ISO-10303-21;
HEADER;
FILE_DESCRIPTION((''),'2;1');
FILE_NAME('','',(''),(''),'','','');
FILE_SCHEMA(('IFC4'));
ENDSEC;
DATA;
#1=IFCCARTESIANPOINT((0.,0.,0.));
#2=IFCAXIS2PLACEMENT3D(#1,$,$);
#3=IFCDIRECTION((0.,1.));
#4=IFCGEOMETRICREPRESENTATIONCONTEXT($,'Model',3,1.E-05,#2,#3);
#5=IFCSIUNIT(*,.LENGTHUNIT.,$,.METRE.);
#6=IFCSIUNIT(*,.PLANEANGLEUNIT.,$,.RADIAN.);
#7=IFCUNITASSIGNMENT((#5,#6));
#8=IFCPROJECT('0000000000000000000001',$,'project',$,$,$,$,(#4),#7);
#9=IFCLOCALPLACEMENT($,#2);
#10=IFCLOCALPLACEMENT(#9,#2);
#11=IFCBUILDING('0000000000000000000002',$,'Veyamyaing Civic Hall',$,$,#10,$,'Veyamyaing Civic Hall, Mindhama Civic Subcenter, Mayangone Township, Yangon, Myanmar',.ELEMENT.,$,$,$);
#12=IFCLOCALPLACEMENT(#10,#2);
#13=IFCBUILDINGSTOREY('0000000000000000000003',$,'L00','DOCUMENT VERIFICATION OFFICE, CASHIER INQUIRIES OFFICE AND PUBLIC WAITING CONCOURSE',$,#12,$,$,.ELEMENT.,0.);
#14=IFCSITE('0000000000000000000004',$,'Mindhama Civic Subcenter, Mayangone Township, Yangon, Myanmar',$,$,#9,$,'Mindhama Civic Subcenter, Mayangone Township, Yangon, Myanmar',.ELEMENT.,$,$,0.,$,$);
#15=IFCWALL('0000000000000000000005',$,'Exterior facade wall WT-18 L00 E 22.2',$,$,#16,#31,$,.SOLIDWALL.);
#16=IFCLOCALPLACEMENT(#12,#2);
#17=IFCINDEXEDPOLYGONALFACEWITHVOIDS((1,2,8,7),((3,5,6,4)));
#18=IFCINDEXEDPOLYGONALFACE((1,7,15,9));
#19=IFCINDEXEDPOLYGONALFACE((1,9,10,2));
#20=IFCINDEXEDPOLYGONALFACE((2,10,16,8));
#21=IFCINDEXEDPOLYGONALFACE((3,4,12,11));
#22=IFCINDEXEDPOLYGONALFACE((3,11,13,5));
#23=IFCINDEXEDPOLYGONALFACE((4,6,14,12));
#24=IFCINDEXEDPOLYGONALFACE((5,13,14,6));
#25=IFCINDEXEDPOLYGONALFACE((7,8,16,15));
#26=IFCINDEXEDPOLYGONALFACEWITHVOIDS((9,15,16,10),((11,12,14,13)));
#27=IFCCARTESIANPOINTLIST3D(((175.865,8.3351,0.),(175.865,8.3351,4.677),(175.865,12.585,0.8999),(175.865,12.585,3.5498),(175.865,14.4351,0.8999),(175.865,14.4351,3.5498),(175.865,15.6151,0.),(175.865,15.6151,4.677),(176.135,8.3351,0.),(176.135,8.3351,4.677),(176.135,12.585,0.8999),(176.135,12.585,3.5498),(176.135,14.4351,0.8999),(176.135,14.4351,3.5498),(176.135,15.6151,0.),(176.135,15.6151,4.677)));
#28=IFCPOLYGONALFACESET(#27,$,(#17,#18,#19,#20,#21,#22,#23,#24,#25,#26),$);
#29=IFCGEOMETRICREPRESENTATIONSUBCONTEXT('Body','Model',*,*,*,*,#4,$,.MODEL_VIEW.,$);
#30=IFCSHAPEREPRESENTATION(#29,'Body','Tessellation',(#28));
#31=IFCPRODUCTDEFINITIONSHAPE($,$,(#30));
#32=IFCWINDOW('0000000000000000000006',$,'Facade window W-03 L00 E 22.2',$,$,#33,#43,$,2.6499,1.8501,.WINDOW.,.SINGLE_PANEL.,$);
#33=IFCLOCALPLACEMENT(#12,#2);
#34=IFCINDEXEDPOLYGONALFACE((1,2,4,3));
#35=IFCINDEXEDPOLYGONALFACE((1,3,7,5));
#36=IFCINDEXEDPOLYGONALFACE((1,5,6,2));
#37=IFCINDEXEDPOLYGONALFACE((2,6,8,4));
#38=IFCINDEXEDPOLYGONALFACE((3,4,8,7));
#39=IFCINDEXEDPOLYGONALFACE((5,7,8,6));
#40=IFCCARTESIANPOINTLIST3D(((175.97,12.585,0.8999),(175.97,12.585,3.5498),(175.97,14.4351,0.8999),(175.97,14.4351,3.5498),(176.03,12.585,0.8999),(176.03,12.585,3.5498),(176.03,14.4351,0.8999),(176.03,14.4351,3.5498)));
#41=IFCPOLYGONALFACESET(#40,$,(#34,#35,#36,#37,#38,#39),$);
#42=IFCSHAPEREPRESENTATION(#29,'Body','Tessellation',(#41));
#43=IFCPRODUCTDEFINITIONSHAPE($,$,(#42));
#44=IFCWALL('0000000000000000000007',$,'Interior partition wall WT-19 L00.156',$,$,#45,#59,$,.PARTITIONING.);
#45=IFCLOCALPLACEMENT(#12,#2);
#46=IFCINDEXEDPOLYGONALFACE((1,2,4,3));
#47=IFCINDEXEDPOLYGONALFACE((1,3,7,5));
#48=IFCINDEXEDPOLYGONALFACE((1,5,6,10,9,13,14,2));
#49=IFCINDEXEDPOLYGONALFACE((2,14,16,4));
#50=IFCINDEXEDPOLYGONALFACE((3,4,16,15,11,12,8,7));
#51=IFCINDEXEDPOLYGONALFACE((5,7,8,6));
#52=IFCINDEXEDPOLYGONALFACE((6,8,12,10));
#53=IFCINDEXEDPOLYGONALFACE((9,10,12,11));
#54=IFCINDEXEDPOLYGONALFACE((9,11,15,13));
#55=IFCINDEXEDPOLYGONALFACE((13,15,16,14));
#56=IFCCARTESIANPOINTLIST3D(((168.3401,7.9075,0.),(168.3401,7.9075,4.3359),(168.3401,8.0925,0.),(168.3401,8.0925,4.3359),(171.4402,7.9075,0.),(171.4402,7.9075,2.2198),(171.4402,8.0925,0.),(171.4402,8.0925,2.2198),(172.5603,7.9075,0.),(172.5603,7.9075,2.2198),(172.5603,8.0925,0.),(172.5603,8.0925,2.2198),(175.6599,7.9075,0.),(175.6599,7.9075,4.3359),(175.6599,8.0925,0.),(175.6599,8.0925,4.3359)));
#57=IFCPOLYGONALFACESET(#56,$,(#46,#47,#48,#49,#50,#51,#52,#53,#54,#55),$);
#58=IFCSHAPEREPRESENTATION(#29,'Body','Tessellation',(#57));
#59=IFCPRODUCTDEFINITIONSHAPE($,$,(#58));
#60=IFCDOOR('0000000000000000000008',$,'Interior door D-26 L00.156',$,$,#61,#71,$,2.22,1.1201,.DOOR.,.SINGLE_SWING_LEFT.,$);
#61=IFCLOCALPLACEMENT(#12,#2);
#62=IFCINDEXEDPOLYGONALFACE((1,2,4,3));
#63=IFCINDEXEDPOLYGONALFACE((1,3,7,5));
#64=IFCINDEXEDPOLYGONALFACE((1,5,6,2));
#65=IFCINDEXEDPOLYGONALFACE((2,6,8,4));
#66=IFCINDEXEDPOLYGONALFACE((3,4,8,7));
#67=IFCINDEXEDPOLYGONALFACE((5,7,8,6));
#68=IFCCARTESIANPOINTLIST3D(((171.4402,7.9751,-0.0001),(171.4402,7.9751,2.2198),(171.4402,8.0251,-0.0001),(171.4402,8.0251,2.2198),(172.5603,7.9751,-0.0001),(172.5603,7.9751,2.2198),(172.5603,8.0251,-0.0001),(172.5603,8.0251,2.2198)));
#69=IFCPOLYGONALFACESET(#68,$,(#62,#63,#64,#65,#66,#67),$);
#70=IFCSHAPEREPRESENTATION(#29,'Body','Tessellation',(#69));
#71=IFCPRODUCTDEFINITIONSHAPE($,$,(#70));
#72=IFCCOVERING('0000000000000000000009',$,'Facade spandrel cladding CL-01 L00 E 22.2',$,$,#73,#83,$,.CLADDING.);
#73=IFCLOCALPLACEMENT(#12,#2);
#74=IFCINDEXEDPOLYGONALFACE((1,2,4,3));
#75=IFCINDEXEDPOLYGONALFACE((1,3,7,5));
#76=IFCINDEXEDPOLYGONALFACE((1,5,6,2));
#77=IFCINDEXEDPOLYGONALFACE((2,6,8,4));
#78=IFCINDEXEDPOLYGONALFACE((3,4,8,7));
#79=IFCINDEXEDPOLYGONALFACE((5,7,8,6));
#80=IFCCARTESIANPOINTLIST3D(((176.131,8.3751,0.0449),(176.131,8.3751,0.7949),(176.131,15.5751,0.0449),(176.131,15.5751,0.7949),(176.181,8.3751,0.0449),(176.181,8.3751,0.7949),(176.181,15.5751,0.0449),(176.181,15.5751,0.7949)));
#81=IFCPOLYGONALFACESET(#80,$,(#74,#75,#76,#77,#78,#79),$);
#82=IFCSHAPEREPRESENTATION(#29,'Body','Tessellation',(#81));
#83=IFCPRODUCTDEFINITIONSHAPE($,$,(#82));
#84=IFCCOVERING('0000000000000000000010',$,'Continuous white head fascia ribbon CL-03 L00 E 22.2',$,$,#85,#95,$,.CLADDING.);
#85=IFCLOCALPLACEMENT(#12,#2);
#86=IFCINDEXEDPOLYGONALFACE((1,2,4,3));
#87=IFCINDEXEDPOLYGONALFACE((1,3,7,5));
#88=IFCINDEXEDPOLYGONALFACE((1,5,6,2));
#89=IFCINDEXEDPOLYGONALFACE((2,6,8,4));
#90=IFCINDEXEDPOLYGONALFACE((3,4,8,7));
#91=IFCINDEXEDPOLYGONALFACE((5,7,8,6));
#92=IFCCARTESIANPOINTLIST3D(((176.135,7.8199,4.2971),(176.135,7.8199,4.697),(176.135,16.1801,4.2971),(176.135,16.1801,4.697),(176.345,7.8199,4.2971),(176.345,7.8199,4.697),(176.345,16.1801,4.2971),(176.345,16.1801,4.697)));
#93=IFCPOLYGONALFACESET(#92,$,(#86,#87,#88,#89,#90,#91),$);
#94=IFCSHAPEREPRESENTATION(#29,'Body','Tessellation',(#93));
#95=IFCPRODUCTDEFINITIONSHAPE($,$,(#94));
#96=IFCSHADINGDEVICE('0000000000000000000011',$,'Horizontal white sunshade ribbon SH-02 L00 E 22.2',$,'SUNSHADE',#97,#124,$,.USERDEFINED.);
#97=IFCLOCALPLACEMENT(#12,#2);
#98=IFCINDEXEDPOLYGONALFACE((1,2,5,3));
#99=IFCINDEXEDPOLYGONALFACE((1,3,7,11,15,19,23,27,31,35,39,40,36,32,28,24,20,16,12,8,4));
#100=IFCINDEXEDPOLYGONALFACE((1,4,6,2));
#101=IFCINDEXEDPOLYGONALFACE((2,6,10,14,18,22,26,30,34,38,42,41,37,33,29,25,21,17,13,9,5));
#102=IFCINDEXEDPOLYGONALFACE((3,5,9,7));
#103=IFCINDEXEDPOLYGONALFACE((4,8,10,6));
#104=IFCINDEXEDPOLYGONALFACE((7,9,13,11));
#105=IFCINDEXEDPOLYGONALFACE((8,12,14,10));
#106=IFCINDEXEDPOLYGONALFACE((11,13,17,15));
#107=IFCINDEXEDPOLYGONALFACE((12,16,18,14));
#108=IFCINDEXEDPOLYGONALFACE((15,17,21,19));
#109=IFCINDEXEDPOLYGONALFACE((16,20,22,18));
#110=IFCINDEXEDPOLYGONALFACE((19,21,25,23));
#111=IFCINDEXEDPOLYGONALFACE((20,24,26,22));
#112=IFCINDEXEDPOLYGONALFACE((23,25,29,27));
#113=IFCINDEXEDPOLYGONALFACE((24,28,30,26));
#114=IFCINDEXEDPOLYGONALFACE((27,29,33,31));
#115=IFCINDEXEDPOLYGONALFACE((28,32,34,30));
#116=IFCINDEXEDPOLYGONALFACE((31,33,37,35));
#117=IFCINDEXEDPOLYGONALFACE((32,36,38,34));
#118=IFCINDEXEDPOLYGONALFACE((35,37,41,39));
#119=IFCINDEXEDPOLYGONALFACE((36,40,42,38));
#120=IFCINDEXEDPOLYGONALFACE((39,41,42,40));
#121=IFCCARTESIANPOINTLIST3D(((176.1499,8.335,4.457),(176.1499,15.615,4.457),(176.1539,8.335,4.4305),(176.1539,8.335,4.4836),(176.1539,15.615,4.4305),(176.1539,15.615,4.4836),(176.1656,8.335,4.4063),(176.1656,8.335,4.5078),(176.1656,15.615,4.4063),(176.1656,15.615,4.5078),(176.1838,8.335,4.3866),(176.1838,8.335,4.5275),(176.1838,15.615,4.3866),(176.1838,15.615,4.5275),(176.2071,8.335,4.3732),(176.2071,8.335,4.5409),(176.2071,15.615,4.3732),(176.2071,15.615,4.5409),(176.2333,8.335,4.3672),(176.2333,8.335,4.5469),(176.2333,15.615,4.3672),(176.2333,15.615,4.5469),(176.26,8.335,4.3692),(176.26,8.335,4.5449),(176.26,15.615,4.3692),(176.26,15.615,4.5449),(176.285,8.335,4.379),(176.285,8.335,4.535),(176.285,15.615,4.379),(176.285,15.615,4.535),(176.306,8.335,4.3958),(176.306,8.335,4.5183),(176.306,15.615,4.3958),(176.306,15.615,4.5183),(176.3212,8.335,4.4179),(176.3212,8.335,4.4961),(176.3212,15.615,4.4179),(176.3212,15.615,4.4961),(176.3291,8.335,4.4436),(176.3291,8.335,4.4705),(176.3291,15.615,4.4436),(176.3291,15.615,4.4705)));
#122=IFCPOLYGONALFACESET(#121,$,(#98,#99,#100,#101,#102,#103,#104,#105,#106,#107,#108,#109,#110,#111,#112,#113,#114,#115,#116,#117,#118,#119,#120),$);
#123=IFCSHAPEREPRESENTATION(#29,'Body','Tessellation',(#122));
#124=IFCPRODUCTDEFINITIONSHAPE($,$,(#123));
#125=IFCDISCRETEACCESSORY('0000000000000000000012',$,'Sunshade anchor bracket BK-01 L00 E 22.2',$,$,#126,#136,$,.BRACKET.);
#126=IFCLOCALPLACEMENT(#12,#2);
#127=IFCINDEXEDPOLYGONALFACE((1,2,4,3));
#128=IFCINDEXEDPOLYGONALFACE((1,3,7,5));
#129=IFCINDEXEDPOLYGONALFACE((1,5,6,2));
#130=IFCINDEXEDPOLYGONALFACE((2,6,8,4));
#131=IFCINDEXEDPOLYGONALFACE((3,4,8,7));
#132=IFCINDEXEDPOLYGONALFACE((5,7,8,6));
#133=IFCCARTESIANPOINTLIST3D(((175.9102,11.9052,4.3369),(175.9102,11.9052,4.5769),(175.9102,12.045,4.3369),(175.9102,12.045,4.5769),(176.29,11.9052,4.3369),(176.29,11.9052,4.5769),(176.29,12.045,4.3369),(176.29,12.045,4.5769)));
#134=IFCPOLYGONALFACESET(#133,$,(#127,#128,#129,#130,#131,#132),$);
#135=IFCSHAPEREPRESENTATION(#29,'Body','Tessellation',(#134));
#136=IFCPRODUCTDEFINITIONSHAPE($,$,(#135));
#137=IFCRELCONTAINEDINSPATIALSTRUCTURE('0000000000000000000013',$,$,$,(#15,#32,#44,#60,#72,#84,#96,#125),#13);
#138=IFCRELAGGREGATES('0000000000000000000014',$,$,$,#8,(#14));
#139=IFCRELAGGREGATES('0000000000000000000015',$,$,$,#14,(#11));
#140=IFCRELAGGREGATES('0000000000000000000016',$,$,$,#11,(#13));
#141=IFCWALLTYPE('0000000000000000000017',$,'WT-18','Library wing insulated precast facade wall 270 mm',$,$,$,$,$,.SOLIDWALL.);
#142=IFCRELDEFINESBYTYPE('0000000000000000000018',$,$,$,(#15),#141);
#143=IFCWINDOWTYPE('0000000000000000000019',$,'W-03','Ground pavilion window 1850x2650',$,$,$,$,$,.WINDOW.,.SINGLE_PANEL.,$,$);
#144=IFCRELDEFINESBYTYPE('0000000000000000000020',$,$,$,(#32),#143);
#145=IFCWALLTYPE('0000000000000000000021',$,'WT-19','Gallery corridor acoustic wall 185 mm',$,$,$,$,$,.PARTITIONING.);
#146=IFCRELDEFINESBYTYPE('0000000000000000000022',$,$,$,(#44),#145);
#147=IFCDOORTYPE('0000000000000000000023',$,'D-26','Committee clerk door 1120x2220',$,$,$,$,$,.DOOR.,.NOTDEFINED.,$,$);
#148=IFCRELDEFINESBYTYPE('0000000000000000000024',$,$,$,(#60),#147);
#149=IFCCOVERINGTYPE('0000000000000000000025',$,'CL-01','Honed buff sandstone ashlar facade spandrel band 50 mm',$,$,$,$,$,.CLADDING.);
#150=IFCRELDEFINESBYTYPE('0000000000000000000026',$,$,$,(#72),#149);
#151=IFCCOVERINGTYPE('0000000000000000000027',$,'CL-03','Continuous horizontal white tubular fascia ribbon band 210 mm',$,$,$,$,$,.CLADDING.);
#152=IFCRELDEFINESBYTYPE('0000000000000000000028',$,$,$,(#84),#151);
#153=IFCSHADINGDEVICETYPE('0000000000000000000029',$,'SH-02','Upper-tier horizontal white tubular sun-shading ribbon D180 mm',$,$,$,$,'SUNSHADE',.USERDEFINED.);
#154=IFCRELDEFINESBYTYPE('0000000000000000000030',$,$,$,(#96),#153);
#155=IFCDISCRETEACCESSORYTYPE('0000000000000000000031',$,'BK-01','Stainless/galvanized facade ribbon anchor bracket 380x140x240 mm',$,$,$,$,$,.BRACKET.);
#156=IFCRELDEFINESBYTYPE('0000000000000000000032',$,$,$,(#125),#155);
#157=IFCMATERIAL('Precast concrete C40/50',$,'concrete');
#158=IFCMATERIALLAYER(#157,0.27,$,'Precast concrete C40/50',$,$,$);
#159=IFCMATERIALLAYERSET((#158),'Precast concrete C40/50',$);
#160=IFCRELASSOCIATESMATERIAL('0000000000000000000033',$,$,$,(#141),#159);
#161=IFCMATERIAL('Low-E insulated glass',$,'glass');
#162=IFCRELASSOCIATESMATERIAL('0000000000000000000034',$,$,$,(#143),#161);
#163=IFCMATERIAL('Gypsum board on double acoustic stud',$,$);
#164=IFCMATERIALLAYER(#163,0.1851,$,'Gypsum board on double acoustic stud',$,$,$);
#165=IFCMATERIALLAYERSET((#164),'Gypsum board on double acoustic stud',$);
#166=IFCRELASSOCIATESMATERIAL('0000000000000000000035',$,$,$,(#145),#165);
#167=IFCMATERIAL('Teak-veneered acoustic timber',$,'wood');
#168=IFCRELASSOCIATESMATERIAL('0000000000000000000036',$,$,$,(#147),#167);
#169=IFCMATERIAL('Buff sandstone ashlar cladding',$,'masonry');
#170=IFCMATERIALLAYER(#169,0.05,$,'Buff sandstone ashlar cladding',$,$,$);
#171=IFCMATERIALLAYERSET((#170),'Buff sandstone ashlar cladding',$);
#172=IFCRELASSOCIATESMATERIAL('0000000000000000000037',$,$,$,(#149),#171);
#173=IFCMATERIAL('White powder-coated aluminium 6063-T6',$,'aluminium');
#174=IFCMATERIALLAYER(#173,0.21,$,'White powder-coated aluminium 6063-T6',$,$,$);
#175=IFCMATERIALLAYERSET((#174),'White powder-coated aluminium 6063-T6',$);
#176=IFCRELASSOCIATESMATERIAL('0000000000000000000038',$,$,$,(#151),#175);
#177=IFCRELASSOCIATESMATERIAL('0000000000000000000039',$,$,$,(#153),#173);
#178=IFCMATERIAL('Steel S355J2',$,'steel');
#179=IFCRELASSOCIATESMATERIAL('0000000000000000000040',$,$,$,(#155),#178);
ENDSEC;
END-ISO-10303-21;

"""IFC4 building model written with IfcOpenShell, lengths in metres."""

from ifc_helpers import new_model, si_unit, direction, frame, frame_2d, origin, origin_2d, place, context, subcontext, project, spatial, rectangle, circle, extrude, material, layer, layer_set, material_profile, profile_set, type_object, element, fill, save


model = new_model("IFC4")

# Units and contexts
model_context = context("Model", 3, precision=1e-05, world=origin(), true_north=direction((0.0, 1.0)))
body_context = subcontext(model_context, "Body", "Model", "MODEL_VIEW")
ifc_project = project(units=[si_unit("LENGTHUNIT", "METRE"), si_unit("PLANEANGLEUNIT", "RADIAN")], contexts=[model_context])

# Site, building, storey
site_placement = place(None, origin())
site = spatial("IfcSite", under=ifc_project, at=site_placement, Name="Mindhama Civic Subcenter, Mayangone Township, Yangon, Myanmar", LongName="Mindhama Civic Subcenter, Mayangone Township, Yangon, Myanmar", CompositionType="ELEMENT", RefElevation=0.0)
building_placement = place(site_placement, origin())
building = spatial("IfcBuilding", under=site, at=building_placement, Name="Veyamyaing Civic Hall", LongName="Veyamyaing Civic Hall, Mindhama Civic Subcenter, Mayangone Township, Yangon, Myanmar", CompositionType="ELEMENT")
storey_placement = place(building_placement, origin())
storey = spatial("IfcBuildingStorey", under=building, at=storey_placement, Name="L00", Description="DOCUMENT VERIFICATION OFFICE, CASHIER INQUIRIES OFFICE AND PUBLIC WAITING CONCOURSE", CompositionType="ELEMENT", Elevation=0.0)

# Shared definitions
ifc_material_1 = material(Name="Precast concrete C40/50", Category="concrete")

# Wall, opening, window
ifc_layer_1 = layer(ifc_material_1, 0.27, Name="Precast concrete C40/50")
ifc_layer_set_1 = layer_set([ifc_layer_1], Name="Precast concrete C40/50")
wall_type_1 = type_object("IfcWallType", Name="WT-18", Description="Library wing insulated precast facade wall 270 mm", PredefinedType="SOLIDWALL", material=ifc_layer_set_1)
wall_1_placement = place(storey_placement, frame((176.0, 8.335, 0.0), z_axis=(0.0, 0.0, 1.0), x_axis=(0.0, 1.0, 0.0)))
wall_1 = element("IfcWall", 1, at=wall_1_placement, inside=storey, type_object=wall_type_1, Name="Exterior facade wall WT-18 L00 E 22.2", PredefinedType="SOLIDWALL", context=body_context, shape_type="SweptSolid", body=[
    extrude(rectangle(XDim=7.28, YDim=0.27, at=frame_2d((3.6401, 0.0))), origin(), (0.0, 0.0, 1.0), 4.677),
])
opening_1_placement = place(wall_1_placement, frame((4.25, 0.0, 0.8999)))
opening_1 = element("IfcOpeningElement", 2, at=opening_1_placement, cuts=wall_1, PredefinedType="OPENING", context=body_context, shape_type="SweptSolid", body=[
    extrude(rectangle(XDim=1.8501, YDim=2.6499, at=frame_2d((0.925, 1.325))), frame((0.0, 0.145, 0.0), z_axis=(0.0, -1.0, 0.0), x_axis=(1.0, 0.0, 0.0)), (0.0, 0.0, 1.0), 0.29),
])
ifc_material_2 = material(Name="Low-E insulated glass", Category="glass")
window_type = type_object("IfcWindowType", Name="W-03", Description="Ground pavilion window 1850x2650", PartitioningType="SINGLE_PANEL", PredefinedType="WINDOW", material=ifc_material_2)
window_placement = place(opening_1_placement, origin())
window = element("IfcWindow", 3, at=window_placement, inside=storey, type_object=window_type, Name="Facade window W-03 L00 E 22.2", OverallHeight=2.6499, OverallWidth=1.8501, PartitioningType="SINGLE_PANEL", PredefinedType="WINDOW", context=body_context, shape_type="SweptSolid", body=[
    extrude(rectangle(XDim=1.8501, YDim=2.6499, at=frame_2d((0.925, 1.325))), frame((0.0, 0.03, 0.0), z_axis=(0.0, -1.0, 0.0), x_axis=(1.0, 0.0, 0.0)), (0.0, 0.0, 1.0), 0.0601),
])
fill(opening_1, window)

# Wall, opening, door
ifc_material_3 = material(Name="Gypsum board on double acoustic stud")
ifc_layer_2 = layer(ifc_material_3, 0.1851, Name="Gypsum board on double acoustic stud")
ifc_layer_set_2 = layer_set([ifc_layer_2], Name="Gypsum board on double acoustic stud")
wall_type_2 = type_object("IfcWallType", Name="WT-19", Description="Gallery corridor acoustic wall 185 mm", PredefinedType="PARTITIONING", material=ifc_layer_set_2)
wall_2_placement = place(storey_placement, frame((168.3401, 8.0, 0.0), z_axis=(0.0, 0.0, 1.0), x_axis=(1.0, 0.0, 0.0)))
wall_2 = element("IfcWall", 4, at=wall_2_placement, inside=storey, type_object=wall_type_2, Name="Interior partition wall WT-19 L00.156", PredefinedType="PARTITIONING", context=body_context, shape_type="SweptSolid", body=[
    extrude(rectangle(XDim=7.3198, YDim=0.1851, at=frame_2d((3.6599, 0.0))), origin(), (0.0, 0.0, 1.0), 4.3359),
])
opening_2_placement = place(wall_2_placement, frame((3.1001, 0.0, 0.0)))
opening_2 = element("IfcOpeningElement", 5, at=opening_2_placement, cuts=wall_2, PredefinedType="OPENING", context=body_context, shape_type="SweptSolid", body=[
    extrude(rectangle(XDim=1.1201, YDim=2.22, at=frame_2d((0.5601, 1.1099))), frame((0.0, 0.1025, 0.0), z_axis=(0.0, -1.0, 0.0), x_axis=(1.0, 0.0, 0.0)), (0.0, 0.0, 1.0), 0.2051),
])
ifc_material_4 = material(Name="Teak-veneered acoustic timber", Category="wood")
door_type = type_object("IfcDoorType", Name="D-26", Description="Committee clerk door 1120x2220", OperationType="NOTDEFINED", PredefinedType="DOOR", material=ifc_material_4)
door_placement = place(opening_2_placement, frame((1.1201, 0.0, 0.0), z_axis=(0.0, 0.0, 1.0), x_axis=(-1.0, 0.0, 0.0)))
door = element("IfcDoor", 6, at=door_placement, inside=storey, type_object=door_type, Name="Interior door D-26 L00.156", OperationType="SINGLE_SWING_LEFT", OverallHeight=2.22, OverallWidth=1.1201, PredefinedType="DOOR", context=body_context, shape_type="SweptSolid", body=[
    extrude(rectangle(XDim=1.1201, YDim=2.22, at=frame_2d((0.5601, 1.1099))), frame((0.0, 0.0249, 0.0), z_axis=(0.0, -1.0, 0.0), x_axis=(1.0, 0.0, 0.0)), (0.0, 0.0, 1.0), 0.05),
])
fill(opening_2, door)

# Coverings
ifc_material_5 = material(Name="Buff sandstone ashlar cladding", Category="masonry")
ifc_layer_3 = layer(ifc_material_5, 0.05, Name="Buff sandstone ashlar cladding")
ifc_layer_set_3 = layer_set([ifc_layer_3], Name="Buff sandstone ashlar cladding")
covering_type_1 = type_object("IfcCoveringType", Name="CL-01", Description="Honed buff sandstone ashlar facade spandrel band 50 mm", PredefinedType="CLADDING", material=ifc_layer_set_3)
covering_1_placement = place(storey_placement, frame((176.156, 11.9751, 0.0449), z_axis=(0.0, 0.0, 1.0), x_axis=(0.0, 1.0, 0.0)))
element("IfcCovering", 7, at=covering_1_placement, inside=storey, type_object=covering_type_1, Name="Facade spandrel cladding CL-01 L00 E 22.2", PredefinedType="CLADDING", context=body_context, shape_type="SweptSolid", body=[
    extrude(rectangle(XDim=7.2, YDim=0.05, at=origin_2d()), origin(), (0.0, 0.0, 1.0), 0.75),
])
ifc_material_6 = material(Name="White powder-coated aluminium 6063-T6", Category="aluminium")
ifc_layer_4 = layer(ifc_material_6, 0.21, Name="White powder-coated aluminium 6063-T6")
ifc_layer_set_4 = layer_set([ifc_layer_4], Name="White powder-coated aluminium 6063-T6")
covering_type_2 = type_object("IfcCoveringType", Name="CL-03", Description="Continuous horizontal white tubular fascia ribbon band 210 mm", PredefinedType="CLADDING", material=ifc_layer_set_4)
covering_2_placement = place(storey_placement, frame((176.24, 12.0, 4.2971), z_axis=(0.0, 0.0, 1.0), x_axis=(0.0, 1.0, 0.0)))
element("IfcCovering", 8, at=covering_2_placement, inside=storey, type_object=covering_type_2, Name="Continuous white head fascia ribbon CL-03 L00 E 22.2", PredefinedType="CLADDING", context=body_context, shape_type="SweptSolid", body=[
    extrude(rectangle(XDim=8.3601, YDim=0.21, at=origin_2d()), origin(), (0.0, 0.0, 1.0), 0.3999),
])

# Shading device
ifc_material_profile_1 = material_profile(ifc_material_6, circle(Radius=0.0901, at=origin_2d()), Name="SHADE-TUBE-180")
ifc_profile_set_1 = profile_set([ifc_material_profile_1], Name="White powder-coated aluminium 6063-T6")
shading_device_type = type_object("IfcShadingDeviceType", Name="SH-02", Description="Upper-tier horizontal white tubular sun-shading ribbon D180 mm", ElementType="SUNSHADE", PredefinedType="USERDEFINED", material=ifc_profile_set_1)
shading_device_placement = place(storey_placement, frame((176.24, 8.335, 4.457), z_axis=(0.0, 1.0, 0.0), x_axis=(-1.0, 0.0, 0.0)))
element("IfcShadingDevice", 9, at=shading_device_placement, inside=storey, type_object=shading_device_type, Name="Horizontal white sunshade ribbon SH-02 L00 E 22.2", ObjectType="SUNSHADE", PredefinedType="USERDEFINED", context=body_context, shape_type="SweptSolid", body=[
    extrude(circle(Radius=0.0901, at=origin_2d()), origin(), (0.0, 0.0, 1.0), 7.28),
])

# Discrete accessory
ifc_material_7 = material(Name="Steel S355J2", Category="steel")
discrete_accessory_type = type_object("IfcDiscreteAccessoryType", Name="BK-01", Description="Stainless/galvanized facade ribbon anchor bracket 380x140x240 mm", PredefinedType="BRACKET", material=ifc_material_7)
discrete_accessory_placement = place(storey_placement, frame((176.1001, 11.9751, 4.3369), z_axis=(0.0, 0.0, 1.0), x_axis=(1.0, 0.0, 0.0)))
element("IfcDiscreteAccessory", 10, at=discrete_accessory_placement, inside=storey, type_object=discrete_accessory_type, Name="Sunshade anchor bracket BK-01 L00 E 22.2", PredefinedType="BRACKET", context=body_context, shape_type="SweptSolid", body=[
    extrude(rectangle(XDim=0.3799, YDim=0.1399, at=origin_2d()), origin(), (0.0, 0.0, 1.0), 0.24),
])

save(model, "model.ifc")
